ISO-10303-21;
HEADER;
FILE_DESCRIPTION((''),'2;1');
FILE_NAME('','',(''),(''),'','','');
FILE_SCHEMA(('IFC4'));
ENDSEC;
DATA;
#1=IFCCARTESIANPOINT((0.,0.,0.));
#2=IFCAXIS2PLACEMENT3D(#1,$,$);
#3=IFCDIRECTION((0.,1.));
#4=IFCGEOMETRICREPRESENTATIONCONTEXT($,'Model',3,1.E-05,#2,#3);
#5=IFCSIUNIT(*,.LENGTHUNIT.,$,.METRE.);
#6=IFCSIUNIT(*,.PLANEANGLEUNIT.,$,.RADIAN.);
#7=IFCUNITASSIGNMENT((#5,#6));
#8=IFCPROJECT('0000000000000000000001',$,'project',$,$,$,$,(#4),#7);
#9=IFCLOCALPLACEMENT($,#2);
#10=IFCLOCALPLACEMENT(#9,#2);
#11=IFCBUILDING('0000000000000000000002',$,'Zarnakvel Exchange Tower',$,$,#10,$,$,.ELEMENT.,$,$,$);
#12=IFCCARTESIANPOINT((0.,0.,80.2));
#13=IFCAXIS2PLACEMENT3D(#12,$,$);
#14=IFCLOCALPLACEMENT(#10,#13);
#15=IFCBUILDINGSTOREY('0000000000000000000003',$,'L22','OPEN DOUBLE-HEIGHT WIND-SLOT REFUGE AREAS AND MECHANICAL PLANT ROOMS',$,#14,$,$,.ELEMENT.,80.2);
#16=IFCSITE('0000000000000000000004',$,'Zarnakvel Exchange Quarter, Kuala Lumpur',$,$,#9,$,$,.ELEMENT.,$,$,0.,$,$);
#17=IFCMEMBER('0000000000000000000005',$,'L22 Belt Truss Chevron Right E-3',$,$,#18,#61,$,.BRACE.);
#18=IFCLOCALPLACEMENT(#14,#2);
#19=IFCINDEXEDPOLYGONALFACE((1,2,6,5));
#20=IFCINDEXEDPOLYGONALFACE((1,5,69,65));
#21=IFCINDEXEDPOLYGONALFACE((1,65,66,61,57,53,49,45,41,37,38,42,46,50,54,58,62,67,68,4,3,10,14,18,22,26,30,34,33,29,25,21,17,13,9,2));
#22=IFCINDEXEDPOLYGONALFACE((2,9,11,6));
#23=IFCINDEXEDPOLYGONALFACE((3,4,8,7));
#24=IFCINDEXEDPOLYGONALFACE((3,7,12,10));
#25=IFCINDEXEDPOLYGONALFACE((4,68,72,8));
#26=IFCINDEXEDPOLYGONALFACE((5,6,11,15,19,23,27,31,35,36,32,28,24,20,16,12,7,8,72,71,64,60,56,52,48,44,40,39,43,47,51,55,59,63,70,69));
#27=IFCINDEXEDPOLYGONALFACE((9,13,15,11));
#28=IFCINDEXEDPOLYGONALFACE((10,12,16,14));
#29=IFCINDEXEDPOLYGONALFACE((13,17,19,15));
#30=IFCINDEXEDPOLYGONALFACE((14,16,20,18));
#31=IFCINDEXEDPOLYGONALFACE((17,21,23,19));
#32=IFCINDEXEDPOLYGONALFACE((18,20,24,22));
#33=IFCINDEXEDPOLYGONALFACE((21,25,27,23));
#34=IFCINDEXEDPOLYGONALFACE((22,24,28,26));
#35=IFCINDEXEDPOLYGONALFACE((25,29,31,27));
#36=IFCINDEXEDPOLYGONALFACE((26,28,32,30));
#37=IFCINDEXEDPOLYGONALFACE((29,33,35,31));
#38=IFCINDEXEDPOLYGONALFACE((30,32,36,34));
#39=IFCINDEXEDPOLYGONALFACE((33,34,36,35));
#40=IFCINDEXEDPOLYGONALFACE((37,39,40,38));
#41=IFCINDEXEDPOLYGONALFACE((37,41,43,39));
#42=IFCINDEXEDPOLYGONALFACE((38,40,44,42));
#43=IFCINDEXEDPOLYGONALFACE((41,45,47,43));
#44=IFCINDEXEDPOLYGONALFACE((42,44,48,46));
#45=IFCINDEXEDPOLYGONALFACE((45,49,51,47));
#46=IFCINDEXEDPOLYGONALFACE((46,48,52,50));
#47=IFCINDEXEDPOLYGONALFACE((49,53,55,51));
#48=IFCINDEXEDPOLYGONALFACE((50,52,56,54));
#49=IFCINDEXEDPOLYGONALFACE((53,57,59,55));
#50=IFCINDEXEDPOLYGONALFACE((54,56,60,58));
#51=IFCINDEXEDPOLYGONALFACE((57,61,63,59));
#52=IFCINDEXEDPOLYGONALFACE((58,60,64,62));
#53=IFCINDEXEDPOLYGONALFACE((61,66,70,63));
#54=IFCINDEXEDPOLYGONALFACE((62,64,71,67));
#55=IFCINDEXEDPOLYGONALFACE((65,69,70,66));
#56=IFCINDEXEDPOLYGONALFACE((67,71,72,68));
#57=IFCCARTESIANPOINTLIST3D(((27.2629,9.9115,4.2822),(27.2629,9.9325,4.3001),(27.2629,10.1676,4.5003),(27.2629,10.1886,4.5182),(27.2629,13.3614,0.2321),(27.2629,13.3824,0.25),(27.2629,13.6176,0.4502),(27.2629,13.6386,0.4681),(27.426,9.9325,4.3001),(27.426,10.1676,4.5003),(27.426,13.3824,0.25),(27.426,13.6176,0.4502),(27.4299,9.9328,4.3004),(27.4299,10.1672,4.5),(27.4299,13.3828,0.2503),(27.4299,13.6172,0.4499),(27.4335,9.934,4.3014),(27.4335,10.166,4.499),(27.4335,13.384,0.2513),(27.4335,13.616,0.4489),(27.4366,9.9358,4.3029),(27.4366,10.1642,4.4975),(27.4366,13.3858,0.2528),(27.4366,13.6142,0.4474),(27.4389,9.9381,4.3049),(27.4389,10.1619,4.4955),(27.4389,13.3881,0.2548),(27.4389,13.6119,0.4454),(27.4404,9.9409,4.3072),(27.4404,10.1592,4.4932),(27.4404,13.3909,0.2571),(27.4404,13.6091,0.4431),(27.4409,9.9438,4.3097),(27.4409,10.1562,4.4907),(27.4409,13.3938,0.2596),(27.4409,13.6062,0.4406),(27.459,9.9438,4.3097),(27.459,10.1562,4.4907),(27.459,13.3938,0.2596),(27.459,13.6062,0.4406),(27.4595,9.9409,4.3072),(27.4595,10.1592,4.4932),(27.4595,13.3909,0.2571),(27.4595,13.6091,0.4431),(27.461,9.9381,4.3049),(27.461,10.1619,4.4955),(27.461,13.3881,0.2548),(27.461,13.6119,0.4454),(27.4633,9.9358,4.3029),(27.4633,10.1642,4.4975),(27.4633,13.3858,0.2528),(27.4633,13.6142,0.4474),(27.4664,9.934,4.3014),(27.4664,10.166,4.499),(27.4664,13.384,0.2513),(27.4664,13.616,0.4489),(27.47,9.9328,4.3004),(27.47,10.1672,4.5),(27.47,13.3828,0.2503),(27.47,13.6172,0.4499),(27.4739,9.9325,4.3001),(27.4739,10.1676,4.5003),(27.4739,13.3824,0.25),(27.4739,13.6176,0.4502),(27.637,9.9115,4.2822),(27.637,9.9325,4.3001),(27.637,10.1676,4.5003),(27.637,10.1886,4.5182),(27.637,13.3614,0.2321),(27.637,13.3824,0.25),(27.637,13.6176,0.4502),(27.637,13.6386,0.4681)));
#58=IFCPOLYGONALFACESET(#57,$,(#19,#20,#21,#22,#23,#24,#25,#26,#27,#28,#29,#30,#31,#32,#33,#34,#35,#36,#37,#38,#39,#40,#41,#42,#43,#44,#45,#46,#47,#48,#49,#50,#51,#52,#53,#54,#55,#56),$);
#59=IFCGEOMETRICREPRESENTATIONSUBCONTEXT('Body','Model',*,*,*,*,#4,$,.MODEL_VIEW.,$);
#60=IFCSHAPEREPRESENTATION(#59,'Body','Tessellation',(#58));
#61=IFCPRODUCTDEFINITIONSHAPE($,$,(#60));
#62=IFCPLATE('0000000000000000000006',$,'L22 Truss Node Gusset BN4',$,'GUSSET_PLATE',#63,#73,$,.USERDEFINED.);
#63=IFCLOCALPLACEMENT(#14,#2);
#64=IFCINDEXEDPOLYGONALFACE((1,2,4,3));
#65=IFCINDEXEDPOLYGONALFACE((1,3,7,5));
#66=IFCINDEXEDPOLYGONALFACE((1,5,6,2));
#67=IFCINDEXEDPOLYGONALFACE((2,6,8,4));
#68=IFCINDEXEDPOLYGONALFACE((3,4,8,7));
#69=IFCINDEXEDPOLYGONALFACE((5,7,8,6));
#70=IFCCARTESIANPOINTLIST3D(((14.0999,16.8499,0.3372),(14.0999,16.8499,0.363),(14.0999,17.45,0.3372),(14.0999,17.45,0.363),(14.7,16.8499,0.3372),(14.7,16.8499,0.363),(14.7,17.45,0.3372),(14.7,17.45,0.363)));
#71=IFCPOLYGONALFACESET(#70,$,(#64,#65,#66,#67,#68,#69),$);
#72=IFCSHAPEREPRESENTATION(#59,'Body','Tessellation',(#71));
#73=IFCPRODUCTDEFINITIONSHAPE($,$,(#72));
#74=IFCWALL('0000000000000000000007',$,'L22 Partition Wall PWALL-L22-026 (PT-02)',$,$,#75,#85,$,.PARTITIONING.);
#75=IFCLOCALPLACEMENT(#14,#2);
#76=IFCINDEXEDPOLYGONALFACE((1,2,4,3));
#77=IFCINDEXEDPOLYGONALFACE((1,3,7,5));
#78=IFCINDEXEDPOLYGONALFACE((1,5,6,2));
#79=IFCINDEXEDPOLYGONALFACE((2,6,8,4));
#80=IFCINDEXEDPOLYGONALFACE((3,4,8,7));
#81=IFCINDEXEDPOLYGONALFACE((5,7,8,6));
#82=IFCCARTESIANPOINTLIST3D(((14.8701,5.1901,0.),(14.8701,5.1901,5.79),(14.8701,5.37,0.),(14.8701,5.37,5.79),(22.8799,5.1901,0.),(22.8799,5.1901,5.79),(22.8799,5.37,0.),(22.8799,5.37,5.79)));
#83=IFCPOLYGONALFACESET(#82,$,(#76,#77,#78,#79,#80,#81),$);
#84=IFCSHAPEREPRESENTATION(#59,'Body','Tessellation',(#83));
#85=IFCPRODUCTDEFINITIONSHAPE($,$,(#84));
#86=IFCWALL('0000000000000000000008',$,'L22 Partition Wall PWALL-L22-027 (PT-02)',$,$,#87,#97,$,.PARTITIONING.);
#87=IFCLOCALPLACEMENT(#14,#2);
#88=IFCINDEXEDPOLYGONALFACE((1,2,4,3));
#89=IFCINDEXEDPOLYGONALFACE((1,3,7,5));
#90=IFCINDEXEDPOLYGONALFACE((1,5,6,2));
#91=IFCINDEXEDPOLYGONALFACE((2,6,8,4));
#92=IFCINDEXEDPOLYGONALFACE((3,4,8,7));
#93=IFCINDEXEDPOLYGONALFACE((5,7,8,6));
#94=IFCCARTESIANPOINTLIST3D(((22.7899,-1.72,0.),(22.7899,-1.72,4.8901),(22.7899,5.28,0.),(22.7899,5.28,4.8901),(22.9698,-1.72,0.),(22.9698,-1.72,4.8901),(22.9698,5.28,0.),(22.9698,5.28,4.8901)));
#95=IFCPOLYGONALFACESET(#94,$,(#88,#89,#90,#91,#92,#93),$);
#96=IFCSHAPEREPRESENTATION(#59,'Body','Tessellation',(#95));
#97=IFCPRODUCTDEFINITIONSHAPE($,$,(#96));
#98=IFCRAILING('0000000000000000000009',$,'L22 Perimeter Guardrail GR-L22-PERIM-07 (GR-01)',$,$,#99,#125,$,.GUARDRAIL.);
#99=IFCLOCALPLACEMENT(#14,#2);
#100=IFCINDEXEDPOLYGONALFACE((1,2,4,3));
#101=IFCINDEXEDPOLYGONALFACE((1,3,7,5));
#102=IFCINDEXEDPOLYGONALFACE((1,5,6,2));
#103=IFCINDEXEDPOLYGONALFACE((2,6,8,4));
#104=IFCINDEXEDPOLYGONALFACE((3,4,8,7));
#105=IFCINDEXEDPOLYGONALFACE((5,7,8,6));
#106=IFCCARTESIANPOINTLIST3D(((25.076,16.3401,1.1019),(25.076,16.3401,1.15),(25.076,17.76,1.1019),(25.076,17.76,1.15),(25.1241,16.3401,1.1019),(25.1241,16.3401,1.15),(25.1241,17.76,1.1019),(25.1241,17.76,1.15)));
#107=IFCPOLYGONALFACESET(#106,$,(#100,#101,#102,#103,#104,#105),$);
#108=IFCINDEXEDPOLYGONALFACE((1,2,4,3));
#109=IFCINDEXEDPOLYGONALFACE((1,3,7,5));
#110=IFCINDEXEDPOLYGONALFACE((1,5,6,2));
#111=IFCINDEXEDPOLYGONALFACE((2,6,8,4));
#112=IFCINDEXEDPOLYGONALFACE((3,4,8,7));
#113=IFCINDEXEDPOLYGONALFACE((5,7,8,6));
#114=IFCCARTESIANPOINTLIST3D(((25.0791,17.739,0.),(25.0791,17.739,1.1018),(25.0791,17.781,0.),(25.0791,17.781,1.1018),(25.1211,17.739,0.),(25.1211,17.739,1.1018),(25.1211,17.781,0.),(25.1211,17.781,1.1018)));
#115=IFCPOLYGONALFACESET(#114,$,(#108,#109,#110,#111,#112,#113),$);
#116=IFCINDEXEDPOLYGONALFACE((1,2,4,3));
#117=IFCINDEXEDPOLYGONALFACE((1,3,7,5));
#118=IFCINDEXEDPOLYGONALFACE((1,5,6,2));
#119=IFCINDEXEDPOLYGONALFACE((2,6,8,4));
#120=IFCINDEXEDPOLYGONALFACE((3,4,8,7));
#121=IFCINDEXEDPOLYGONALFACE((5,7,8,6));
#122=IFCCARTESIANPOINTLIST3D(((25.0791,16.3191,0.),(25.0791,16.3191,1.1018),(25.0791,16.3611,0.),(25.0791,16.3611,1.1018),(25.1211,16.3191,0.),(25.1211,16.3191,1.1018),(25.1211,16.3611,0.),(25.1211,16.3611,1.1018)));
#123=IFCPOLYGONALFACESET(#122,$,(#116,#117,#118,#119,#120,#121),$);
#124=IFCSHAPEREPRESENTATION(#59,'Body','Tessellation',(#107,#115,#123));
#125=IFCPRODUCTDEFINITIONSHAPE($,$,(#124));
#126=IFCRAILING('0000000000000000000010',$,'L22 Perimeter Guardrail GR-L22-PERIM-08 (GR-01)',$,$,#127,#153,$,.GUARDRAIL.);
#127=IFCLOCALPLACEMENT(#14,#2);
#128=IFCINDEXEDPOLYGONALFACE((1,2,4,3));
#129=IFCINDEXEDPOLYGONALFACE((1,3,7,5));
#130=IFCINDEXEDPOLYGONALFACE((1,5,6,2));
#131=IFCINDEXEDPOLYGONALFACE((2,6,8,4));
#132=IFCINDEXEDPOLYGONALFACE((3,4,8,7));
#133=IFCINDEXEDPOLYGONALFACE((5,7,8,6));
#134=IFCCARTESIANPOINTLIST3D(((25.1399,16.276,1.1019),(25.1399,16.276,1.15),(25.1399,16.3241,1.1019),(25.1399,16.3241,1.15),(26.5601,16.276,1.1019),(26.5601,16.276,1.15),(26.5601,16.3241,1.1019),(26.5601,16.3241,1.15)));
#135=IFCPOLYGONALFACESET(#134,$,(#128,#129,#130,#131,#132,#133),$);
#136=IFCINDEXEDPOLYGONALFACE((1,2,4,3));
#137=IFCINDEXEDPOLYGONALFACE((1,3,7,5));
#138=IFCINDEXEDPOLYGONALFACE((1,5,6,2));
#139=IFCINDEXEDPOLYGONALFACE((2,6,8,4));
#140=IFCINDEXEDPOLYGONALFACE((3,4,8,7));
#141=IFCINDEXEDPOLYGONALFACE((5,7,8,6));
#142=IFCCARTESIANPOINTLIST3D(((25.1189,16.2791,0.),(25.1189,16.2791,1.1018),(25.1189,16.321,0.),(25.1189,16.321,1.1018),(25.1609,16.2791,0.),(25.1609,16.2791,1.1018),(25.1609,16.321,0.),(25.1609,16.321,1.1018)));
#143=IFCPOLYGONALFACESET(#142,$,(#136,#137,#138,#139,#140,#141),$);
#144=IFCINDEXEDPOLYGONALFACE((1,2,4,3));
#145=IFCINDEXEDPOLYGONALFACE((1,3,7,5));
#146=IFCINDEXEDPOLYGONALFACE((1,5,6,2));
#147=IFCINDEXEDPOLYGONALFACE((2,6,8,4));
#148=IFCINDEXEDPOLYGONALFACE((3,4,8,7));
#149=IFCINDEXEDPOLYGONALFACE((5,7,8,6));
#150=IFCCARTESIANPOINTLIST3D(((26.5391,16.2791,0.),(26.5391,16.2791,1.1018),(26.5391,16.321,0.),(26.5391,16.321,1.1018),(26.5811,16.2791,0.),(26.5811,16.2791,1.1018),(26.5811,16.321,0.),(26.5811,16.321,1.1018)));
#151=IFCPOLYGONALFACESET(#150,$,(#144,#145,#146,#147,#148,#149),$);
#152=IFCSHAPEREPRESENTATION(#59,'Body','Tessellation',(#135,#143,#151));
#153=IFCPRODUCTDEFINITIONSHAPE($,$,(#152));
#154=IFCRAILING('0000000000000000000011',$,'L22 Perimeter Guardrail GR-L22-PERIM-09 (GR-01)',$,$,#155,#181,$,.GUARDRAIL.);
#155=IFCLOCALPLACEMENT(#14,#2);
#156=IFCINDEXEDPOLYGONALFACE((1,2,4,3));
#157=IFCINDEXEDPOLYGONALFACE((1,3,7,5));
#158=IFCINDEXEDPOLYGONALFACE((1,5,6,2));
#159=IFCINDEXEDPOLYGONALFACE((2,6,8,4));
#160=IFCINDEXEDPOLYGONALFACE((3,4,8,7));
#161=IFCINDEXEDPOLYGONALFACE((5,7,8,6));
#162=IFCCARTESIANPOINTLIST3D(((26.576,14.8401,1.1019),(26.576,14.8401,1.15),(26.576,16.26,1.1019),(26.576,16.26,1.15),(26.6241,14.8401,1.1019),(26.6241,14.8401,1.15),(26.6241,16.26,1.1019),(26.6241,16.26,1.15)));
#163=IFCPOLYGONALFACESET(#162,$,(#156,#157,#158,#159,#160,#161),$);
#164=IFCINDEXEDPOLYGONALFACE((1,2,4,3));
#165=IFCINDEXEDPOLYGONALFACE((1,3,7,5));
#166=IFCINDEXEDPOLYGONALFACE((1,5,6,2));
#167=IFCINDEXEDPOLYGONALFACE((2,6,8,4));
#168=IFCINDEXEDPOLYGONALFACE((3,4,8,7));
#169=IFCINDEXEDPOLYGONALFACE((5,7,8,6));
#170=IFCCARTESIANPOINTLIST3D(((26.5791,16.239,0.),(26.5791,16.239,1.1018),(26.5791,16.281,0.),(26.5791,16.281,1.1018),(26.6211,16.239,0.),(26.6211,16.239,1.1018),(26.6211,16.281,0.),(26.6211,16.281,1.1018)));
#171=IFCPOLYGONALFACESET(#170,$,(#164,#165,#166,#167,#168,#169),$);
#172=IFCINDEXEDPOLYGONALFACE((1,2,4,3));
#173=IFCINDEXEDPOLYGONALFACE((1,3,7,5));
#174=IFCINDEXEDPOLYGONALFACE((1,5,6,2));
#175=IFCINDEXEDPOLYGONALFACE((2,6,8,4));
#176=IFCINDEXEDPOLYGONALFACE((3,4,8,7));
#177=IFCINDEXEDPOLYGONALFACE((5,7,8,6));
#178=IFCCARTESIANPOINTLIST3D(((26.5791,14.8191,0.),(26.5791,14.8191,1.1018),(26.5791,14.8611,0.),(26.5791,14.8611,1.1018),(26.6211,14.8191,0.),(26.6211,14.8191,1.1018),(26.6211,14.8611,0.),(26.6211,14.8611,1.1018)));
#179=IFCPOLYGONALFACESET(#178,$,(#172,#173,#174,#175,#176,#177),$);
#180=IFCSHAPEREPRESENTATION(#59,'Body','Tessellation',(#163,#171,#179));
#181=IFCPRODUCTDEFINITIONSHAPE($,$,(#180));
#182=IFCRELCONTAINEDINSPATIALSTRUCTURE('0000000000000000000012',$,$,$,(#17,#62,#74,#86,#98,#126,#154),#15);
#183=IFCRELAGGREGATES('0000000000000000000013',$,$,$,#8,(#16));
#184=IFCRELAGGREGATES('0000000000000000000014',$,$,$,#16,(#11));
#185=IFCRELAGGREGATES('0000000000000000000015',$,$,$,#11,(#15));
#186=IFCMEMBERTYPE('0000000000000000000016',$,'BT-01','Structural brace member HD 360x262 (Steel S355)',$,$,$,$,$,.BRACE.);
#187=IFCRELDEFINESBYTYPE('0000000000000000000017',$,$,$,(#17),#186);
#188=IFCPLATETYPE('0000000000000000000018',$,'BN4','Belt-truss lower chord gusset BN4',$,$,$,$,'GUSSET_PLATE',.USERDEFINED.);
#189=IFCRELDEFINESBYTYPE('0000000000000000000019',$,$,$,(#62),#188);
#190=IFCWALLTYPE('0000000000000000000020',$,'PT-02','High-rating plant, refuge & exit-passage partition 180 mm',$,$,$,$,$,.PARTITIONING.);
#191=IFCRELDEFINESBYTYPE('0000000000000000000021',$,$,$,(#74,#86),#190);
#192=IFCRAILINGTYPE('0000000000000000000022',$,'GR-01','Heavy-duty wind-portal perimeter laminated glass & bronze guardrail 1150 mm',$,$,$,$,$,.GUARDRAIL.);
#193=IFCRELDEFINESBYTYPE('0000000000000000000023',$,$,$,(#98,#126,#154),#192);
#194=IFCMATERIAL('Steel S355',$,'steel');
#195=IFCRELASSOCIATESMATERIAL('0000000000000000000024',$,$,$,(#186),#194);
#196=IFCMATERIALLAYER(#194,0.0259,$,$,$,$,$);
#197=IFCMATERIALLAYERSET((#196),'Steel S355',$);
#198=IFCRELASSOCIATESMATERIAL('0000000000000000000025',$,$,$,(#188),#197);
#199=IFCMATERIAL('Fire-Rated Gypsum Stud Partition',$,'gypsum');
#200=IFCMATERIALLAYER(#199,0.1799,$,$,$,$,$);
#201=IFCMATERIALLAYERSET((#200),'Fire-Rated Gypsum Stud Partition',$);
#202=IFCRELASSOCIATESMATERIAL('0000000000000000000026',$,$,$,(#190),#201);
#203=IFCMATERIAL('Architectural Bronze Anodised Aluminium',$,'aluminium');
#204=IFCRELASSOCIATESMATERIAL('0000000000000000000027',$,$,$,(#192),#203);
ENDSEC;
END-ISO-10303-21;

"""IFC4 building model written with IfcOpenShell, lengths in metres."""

from ifc_helpers import new_model, si_unit, direction, frame, frame_2d, origin, origin_2d, place, context, subcontext, project, spatial, rectangle, i_section, extrude, source, transform, mapped, material, layer, layer_set, material_profile, profile_set, type_object, element, save


model = new_model("IFC4")

# Units and contexts
model_context = context("Model", 3, precision=1e-05, world=origin(), true_north=direction((0.0, 1.0)))
body_context = subcontext(model_context, "Body", "Model", "MODEL_VIEW")
ifc_project = project(units=[si_unit("LENGTHUNIT", "METRE"), si_unit("PLANEANGLEUNIT", "RADIAN")], contexts=[model_context])

# Site, building, storey
site_placement = place(None, origin())
site = spatial("IfcSite", under=ifc_project, at=site_placement, Name="Zarnakvel Exchange Quarter, Kuala Lumpur", CompositionType="ELEMENT", RefElevation=0.0)
building_placement = place(site_placement, origin())
building = spatial("IfcBuilding", under=site, at=building_placement, Name="Zarnakvel Exchange Tower", CompositionType="ELEMENT")
storey_placement = place(building_placement, frame((0.0, 0.0, 80.2)))
storey = spatial("IfcBuildingStorey", under=building, at=storey_placement, Name="L22", Description="OPEN DOUBLE-HEIGHT WIND-SLOT REFUGE AREAS AND MECHANICAL PLANT ROOMS", CompositionType="ELEMENT", Elevation=80.2)

# Shared definitions
ifc_material_1 = material(Name="Steel S355", Category="steel")

# Member
ifc_material_profile_1 = material_profile(ifc_material_1, i_section(OverallWidth=0.374, OverallDepth=0.364, WebThickness=0.0181, FlangeThickness=0.0276, FilletRadius=0.0149, at=origin_2d()))
ifc_profile_set_1 = profile_set([ifc_material_profile_1], Name="Steel S355")
member_type_1 = type_object("IfcMemberType", Name="BT-01", Description="Structural brace member HD 360x262 (Steel S355)", PredefinedType="BRACE", material=ifc_profile_set_1)
shared_shape_1 = source(origin(), body_context, "Body", "SweptSolid", [
    extrude(i_section(OverallWidth=0.374, OverallDepth=0.364, WebThickness=0.0181, FlangeThickness=0.0276, FilletRadius=0.0149, at=origin_2d()), origin(), (0.0, 0.0, 1.0), 5.3203),
])
for number, where, z_axis, x_axis, name in (
    (1, (27.45, 13.5, 0.3501), (0.0, -0.648457, 0.761252), (1.0, 0.0, 0.0), "L22 Belt Truss Chevron Right E-3"),
):
    element("IfcMember", number, at=place(storey_placement, frame(where, z_axis=z_axis, x_axis=x_axis)), inside=storey, type_object=member_type_1, Name=name, PredefinedType="BRACE", context=body_context, shape_type="MappedRepresentation", body=[
        mapped(shared_shape_1, transform((0.0, 0.0, 0.0), x_axis=(1.0, 0.0, 0.0), y_axis=(0.0, 1.0, 0.0), z_axis=(0.0, 0.0, 1.0), scale=1.0)),
    ])

# Plate
ifc_layer_1 = layer(ifc_material_1, 0.0259)
ifc_layer_set_1 = layer_set([ifc_layer_1], Name="Steel S355")
plate_type = type_object("IfcPlateType", Name="BN4", Description="Belt-truss lower chord gusset BN4", ElementType="GUSSET_PLATE", PredefinedType="USERDEFINED", material=ifc_layer_set_1)
shared_shape_2 = source(origin(), body_context, "Body", "SweptSolid", [
    extrude(rectangle(XDim=0.6001, YDim=0.6001, at=origin_2d()), origin(), (0.0, 0.0, 1.0), 0.0259),
])
plate_placement = place(storey_placement, frame((14.3999, 17.1499, 0.3372), z_axis=(0.0, 0.0, 1.0), x_axis=(1.0, 0.0, 0.0)))
element("IfcPlate", 2, at=plate_placement, inside=storey, type_object=plate_type, Name="L22 Truss Node Gusset BN4", ObjectType="GUSSET_PLATE", PredefinedType="USERDEFINED", context=body_context, shape_type="MappedRepresentation", body=[
    mapped(shared_shape_2, transform((0.0, 0.0, 0.0), x_axis=(1.0, 0.0, 0.0), y_axis=(0.0, 1.0, 0.0), z_axis=(0.0, 0.0, 1.0), scale=1.0)),
])

# Walls
ifc_material_2 = material(Name="Fire-Rated Gypsum Stud Partition", Category="gypsum")
ifc_layer_2 = layer(ifc_material_2, 0.1799)
ifc_layer_set_2 = layer_set([ifc_layer_2], Name="Fire-Rated Gypsum Stud Partition")
wall_type = type_object("IfcWallType", Name="PT-02", Description="High-rating plant, refuge & exit-passage partition 180 mm", PredefinedType="PARTITIONING", material=ifc_layer_set_2)
wall_1_placement = place(storey_placement, frame((14.8701, 5.28, 0.0), z_axis=(0.0, 0.0, 1.0), x_axis=(1.0, 0.0, 0.0)))
element("IfcWall", 3, at=wall_1_placement, inside=storey, type_object=wall_type, Name="L22 Partition Wall PWALL-L22-026 (PT-02)", PredefinedType="PARTITIONING", context=body_context, shape_type="SweptSolid", body=[
    extrude(rectangle(XDim=8.0098, YDim=0.1799, at=frame_2d((4.0049, 0.0))), origin(), (0.0, 0.0, 1.0), 5.79),
])
wall_2_placement = place(storey_placement, frame((22.8799, 5.28, 0.0), z_axis=(0.0, 0.0, 1.0), x_axis=(0.0, -1.0, 0.0)))
element("IfcWall", 4, at=wall_2_placement, inside=storey, type_object=wall_type, Name="L22 Partition Wall PWALL-L22-027 (PT-02)", PredefinedType="PARTITIONING", context=body_context, shape_type="SweptSolid", body=[
    extrude(rectangle(XDim=7.0, YDim=0.1799, at=frame_2d((3.5, 0.0))), origin(), (0.0, 0.0, 1.0), 4.8901),
])

# Railings
ifc_material_3 = material(Name="Architectural Bronze Anodised Aluminium", Category="aluminium")
railing_type = type_object("IfcRailingType", Name="GR-01", Description="Heavy-duty wind-portal perimeter laminated glass & bronze guardrail 1150 mm", PredefinedType="GUARDRAIL", material=ifc_material_3)
railing_1_placement = place(storey_placement, frame((25.1001, 17.76, 0.0)))
element("IfcRailing", 5, at=railing_1_placement, inside=storey, type_object=railing_type, Name="L22 Perimeter Guardrail GR-L22-PERIM-07 (GR-01)", PredefinedType="GUARDRAIL", context=body_context, shape_type="SweptSolid", body=[
    extrude(rectangle(XDim=0.0481, YDim=0.0481, at=origin_2d()), frame((0.0, 0.0, 1.126), z_axis=(0.0, -1.0, 0.0), x_axis=(1.0, 0.0, 0.0)), (0.0, 0.0, 1.0), 1.4199),
    extrude(rectangle(XDim=0.042, YDim=0.042, at=origin_2d()), origin(), (0.0, 0.0, 1.0), 1.1018),
    extrude(rectangle(XDim=0.042, YDim=0.042, at=origin_2d()), frame((0.0, -1.4199, 0.0)), (0.0, 0.0, 1.0), 1.1018),
])
railing_2_placement = place(storey_placement, frame((25.1399, 16.3, 0.0)))
element("IfcRailing", 6, at=railing_2_placement, inside=storey, type_object=railing_type, Name="L22 Perimeter Guardrail GR-L22-PERIM-08 (GR-01)", PredefinedType="GUARDRAIL", context=body_context, shape_type="SweptSolid", body=[
    extrude(rectangle(XDim=0.0481, YDim=0.0481, at=origin_2d()), frame((0.0, 0.0, 1.126), z_axis=(1.0, 0.0, 0.0), x_axis=(0.0, 1.0, 0.0)), (0.0, 0.0, 1.0), 1.4202),
    extrude(rectangle(XDim=0.042, YDim=0.042, at=origin_2d()), origin(), (0.0, 0.0, 1.0), 1.1018),
    extrude(rectangle(XDim=0.042, YDim=0.042, at=origin_2d()), frame((1.4202, 0.0, 0.0)), (0.0, 0.0, 1.0), 1.1018),
])
railing_3_placement = place(storey_placement, frame((26.6001, 16.26, 0.0)))
element("IfcRailing", 7, at=railing_3_placement, inside=storey, type_object=railing_type, Name="L22 Perimeter Guardrail GR-L22-PERIM-09 (GR-01)", PredefinedType="GUARDRAIL", context=body_context, shape_type="SweptSolid", body=[
    extrude(rectangle(XDim=0.0481, YDim=0.0481, at=origin_2d()), frame((0.0, 0.0, 1.126), z_axis=(0.0, -1.0, 0.0), x_axis=(1.0, 0.0, 0.0)), (0.0, 0.0, 1.0), 1.4199),
    extrude(rectangle(XDim=0.042, YDim=0.042, at=origin_2d()), origin(), (0.0, 0.0, 1.0), 1.1018),
    extrude(rectangle(XDim=0.042, YDim=0.042, at=origin_2d()), frame((0.0, -1.4199, 0.0)), (0.0, 0.0, 1.0), 1.1018),
])

save(model, "model.ifc")
